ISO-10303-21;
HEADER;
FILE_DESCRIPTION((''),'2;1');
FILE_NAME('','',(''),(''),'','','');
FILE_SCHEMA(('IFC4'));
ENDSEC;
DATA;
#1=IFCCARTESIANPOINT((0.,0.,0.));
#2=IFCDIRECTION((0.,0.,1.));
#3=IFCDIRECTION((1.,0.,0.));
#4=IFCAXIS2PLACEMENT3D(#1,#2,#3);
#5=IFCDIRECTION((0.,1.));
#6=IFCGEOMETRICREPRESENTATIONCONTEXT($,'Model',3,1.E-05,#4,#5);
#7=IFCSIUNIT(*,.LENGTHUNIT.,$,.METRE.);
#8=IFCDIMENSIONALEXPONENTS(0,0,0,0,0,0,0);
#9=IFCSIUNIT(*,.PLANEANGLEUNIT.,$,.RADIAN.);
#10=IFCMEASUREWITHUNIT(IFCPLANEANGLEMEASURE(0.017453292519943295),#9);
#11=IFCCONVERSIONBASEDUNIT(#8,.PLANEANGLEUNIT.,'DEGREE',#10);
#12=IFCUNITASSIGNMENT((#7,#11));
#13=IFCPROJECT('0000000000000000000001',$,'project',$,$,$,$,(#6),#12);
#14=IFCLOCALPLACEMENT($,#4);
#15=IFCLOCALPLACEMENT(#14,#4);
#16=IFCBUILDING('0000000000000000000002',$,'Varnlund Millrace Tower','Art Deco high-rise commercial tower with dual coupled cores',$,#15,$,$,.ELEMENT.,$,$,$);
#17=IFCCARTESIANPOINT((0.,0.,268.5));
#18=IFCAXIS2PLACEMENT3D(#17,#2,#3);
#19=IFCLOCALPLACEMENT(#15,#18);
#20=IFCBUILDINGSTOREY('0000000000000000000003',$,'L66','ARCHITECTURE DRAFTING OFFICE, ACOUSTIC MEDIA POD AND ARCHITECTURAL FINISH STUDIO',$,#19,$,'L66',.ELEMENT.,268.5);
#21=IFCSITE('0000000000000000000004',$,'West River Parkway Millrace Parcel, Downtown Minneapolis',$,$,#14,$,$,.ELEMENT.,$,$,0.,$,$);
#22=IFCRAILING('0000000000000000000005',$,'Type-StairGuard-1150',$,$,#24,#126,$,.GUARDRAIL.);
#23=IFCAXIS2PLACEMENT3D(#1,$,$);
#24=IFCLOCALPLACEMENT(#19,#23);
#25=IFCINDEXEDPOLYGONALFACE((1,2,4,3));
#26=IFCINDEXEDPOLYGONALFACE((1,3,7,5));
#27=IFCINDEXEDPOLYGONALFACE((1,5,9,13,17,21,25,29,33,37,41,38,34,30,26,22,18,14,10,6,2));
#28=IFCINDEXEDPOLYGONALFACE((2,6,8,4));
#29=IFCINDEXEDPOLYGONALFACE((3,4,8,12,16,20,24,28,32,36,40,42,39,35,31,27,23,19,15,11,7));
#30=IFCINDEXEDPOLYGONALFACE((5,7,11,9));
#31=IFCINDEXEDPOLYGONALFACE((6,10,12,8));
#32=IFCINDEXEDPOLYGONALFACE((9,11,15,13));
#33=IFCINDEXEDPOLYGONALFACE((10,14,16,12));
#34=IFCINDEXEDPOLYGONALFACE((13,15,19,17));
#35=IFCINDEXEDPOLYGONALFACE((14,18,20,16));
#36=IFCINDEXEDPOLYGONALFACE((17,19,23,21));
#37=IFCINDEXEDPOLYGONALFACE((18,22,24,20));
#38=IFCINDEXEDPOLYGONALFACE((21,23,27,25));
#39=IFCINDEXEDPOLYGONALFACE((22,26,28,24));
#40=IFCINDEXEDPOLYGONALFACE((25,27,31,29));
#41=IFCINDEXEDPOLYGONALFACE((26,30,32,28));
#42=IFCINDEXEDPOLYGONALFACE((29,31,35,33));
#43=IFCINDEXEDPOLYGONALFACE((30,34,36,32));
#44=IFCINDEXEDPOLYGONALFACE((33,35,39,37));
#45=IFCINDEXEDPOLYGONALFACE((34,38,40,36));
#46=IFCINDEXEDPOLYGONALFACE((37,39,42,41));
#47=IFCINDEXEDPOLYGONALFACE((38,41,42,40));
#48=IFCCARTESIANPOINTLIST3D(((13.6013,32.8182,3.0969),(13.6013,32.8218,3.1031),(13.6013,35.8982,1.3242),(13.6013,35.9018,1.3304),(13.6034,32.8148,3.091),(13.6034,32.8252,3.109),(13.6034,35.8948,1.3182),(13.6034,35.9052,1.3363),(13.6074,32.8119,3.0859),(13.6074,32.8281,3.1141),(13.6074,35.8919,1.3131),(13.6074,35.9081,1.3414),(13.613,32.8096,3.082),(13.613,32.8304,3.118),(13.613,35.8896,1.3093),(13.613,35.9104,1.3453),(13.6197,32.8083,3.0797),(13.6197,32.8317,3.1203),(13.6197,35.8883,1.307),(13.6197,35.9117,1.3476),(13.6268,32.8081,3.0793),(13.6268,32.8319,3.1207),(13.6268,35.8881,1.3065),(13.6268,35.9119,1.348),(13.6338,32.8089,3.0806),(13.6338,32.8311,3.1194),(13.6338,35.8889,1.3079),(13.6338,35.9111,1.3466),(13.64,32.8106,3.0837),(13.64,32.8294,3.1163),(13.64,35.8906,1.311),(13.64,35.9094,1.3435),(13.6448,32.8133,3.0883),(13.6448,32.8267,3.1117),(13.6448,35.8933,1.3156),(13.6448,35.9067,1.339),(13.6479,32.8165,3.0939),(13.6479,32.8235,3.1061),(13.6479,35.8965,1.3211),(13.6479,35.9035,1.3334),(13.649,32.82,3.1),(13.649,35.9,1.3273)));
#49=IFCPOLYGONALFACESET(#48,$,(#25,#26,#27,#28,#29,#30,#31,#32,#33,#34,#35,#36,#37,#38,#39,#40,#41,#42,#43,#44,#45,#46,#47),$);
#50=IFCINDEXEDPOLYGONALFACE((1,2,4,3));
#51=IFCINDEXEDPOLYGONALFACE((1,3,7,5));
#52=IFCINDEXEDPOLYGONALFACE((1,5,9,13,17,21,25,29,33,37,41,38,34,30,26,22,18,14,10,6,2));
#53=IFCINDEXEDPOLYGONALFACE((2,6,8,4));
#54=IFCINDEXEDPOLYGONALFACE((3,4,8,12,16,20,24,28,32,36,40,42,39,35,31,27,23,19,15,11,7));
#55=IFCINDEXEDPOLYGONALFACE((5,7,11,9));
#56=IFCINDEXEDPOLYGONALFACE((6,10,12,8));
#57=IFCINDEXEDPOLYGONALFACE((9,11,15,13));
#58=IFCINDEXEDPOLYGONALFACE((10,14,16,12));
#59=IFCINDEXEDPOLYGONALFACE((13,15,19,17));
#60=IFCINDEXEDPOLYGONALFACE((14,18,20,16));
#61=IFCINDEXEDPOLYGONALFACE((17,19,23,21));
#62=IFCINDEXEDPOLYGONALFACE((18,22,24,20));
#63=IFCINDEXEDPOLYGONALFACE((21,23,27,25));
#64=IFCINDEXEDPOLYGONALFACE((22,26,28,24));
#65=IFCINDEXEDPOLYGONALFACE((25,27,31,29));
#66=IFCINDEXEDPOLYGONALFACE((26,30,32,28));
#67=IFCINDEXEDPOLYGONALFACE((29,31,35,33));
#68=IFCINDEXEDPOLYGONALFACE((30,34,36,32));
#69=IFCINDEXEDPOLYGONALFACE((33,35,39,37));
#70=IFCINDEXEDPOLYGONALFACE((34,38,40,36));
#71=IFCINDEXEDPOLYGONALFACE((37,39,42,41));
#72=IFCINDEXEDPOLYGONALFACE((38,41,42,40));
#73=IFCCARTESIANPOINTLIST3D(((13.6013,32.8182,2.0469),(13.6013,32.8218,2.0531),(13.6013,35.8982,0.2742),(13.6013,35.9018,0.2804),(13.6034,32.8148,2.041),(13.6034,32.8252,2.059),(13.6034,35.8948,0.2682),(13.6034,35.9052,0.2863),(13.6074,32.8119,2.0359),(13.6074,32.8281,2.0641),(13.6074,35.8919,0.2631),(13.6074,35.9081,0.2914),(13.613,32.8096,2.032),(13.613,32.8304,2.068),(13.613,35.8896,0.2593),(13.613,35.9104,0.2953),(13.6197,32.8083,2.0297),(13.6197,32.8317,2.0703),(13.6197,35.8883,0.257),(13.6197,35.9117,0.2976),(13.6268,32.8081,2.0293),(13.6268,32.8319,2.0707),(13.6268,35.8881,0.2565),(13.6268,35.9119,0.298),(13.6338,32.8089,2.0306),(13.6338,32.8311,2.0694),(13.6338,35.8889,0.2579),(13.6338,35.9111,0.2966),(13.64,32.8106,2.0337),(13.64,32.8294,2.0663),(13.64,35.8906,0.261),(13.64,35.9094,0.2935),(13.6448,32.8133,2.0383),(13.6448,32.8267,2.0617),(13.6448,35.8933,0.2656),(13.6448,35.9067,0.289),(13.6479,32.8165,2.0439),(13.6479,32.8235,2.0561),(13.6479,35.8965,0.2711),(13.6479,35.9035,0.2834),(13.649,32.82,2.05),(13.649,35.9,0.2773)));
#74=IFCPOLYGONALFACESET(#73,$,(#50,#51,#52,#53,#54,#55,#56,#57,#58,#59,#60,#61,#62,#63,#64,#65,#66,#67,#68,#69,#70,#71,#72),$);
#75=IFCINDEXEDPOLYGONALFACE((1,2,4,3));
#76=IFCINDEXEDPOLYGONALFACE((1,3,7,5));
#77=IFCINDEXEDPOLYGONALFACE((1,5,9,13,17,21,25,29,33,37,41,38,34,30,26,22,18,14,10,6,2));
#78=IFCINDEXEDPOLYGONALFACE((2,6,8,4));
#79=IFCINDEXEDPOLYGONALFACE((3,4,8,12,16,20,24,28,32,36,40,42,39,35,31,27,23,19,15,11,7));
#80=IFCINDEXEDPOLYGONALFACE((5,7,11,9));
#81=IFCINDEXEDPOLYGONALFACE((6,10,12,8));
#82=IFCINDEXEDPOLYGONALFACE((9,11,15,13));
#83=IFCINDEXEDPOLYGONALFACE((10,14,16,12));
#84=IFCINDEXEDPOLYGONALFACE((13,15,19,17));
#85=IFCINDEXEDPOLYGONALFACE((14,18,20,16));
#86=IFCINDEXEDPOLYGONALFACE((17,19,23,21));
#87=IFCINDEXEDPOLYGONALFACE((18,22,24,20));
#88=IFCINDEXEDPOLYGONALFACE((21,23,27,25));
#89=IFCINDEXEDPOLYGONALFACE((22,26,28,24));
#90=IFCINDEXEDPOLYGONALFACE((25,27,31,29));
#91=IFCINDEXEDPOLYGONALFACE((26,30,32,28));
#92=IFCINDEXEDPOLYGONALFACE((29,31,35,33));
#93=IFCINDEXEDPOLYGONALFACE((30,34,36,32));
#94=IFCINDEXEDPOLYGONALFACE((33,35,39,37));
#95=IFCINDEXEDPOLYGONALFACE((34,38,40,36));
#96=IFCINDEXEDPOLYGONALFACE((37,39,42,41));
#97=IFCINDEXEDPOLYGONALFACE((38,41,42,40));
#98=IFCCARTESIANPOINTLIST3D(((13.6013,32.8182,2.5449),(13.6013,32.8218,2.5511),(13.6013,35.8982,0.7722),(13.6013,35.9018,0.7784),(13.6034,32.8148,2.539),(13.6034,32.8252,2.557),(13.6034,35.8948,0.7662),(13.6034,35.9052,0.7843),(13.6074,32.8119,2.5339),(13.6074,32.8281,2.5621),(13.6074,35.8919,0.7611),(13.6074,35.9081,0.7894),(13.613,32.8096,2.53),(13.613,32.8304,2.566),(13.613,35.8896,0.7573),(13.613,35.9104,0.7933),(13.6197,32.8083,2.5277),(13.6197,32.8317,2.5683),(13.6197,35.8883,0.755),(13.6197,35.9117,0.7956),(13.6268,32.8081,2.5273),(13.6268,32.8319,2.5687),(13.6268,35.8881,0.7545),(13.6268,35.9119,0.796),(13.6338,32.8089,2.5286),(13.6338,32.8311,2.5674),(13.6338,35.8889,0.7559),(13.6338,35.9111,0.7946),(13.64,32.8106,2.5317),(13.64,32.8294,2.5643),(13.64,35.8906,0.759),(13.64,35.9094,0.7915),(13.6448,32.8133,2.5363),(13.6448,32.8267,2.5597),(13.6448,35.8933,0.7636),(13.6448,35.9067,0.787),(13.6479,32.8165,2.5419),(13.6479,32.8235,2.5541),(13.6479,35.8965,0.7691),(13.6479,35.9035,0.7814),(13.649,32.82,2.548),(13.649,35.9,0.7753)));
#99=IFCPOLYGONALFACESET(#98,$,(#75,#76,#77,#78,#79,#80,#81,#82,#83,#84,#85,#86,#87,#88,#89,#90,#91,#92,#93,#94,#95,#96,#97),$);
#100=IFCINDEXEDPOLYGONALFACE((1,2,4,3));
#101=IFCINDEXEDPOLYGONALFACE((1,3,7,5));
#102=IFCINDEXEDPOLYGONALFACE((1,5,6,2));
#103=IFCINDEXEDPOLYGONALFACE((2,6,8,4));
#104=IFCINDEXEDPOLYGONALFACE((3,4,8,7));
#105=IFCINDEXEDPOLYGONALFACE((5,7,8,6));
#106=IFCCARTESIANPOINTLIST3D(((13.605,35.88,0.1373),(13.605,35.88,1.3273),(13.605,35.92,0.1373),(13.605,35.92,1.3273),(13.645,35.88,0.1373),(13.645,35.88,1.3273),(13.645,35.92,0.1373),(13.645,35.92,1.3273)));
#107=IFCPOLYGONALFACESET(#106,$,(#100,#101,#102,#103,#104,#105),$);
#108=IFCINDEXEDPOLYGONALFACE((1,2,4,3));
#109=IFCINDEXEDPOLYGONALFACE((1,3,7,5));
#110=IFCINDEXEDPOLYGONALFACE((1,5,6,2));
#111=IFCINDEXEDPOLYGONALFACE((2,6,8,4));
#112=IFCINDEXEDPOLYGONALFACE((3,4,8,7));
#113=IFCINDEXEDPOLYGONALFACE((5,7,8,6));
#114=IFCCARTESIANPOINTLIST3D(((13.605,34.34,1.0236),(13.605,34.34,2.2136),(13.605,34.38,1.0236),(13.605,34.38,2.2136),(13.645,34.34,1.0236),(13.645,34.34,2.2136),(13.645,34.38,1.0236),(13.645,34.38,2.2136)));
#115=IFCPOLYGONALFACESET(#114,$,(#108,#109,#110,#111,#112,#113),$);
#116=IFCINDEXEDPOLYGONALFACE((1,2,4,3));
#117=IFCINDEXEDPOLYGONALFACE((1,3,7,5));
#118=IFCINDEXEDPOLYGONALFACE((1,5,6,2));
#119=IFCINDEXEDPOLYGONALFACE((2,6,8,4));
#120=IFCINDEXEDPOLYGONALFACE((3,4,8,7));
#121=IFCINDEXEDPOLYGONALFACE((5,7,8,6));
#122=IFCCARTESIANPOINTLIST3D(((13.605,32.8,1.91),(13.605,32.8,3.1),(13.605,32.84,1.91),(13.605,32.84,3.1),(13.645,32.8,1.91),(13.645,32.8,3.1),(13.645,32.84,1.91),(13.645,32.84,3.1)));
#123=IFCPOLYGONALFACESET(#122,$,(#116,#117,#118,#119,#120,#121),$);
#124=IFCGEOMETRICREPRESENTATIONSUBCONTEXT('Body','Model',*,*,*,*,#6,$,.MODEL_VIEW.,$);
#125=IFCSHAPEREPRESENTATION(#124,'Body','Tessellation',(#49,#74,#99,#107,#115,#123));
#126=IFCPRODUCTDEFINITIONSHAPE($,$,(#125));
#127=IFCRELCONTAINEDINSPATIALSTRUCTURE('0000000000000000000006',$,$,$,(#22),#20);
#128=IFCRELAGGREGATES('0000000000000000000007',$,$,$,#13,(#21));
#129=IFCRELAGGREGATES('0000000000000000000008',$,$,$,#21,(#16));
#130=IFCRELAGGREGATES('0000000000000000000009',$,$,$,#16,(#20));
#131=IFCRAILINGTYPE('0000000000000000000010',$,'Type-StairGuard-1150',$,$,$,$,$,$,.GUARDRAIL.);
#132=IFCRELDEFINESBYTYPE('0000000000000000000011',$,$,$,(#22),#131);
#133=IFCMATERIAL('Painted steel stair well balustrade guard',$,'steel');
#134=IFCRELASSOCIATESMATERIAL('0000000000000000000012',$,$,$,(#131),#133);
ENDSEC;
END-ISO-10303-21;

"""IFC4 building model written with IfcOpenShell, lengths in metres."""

from ifc_helpers import new_model, entity, si_unit, converted_unit, direction, frame, origin_with_axes, origin_2d_with_axis, place, context, subcontext, project, spatial, rectangle, circle, extrude, material, type_object, element, save


model = new_model("IFC4")

# Units and contexts
model_context = context("Model", 3, precision=1e-05, world=origin_with_axes(), true_north=direction((0.0, 1.0)))
body_context = subcontext(model_context, "Body", "Model", "MODEL_VIEW")
ifc_project = project(units=[si_unit("LENGTHUNIT", "METRE"), converted_unit("PLANEANGLEUNIT", "DEGREE", entity("IfcPlaneAngleMeasure", 0.017453292519943295), si_unit("PLANEANGLEUNIT", "RADIAN"), dimensions=[0, 0, 0, 0, 0, 0, 0])], contexts=[model_context])

# Site, building, storey
site_placement = place(None, origin_with_axes())
site = spatial("IfcSite", under=ifc_project, at=site_placement, Name="West River Parkway Millrace Parcel, Downtown Minneapolis", CompositionType="ELEMENT", RefElevation=0.0)
building_placement = place(site_placement, origin_with_axes())
building = spatial("IfcBuilding", under=site, at=building_placement, Name="Varnlund Millrace Tower", Description="Art Deco high-rise commercial tower with dual coupled cores", CompositionType="ELEMENT")
storey_placement = place(building_placement, frame((0.0, 0.0, 268.5), z_axis=(0.0, 0.0, 1.0), x_axis=(1.0, 0.0, 0.0)))
storey = spatial("IfcBuildingStorey", under=building, at=storey_placement, Name="L66", Description="ARCHITECTURE DRAFTING OFFICE, ACOUSTIC MEDIA POD AND ARCHITECTURAL FINISH STUDIO", LongName="L66", CompositionType="ELEMENT", Elevation=268.5)

# Railing
ifc_material_1 = material(Name="Painted steel stair well balustrade guard", Category="steel")
railing_type_1 = type_object("IfcRailingType", Name="Type-StairGuard-1150", PredefinedType="GUARDRAIL", material=ifc_material_1)
railing_1_placement = place(storey_placement, frame((0.0, 0.0, -268.5), z_axis=(0.0, 0.0, 1.0), x_axis=(1.0, 0.0, 0.0)))
element("IfcRailing", 1, at=railing_1_placement, inside=storey, type_object=railing_type_1, Name="Type-StairGuard-1150", PredefinedType="GUARDRAIL", context=body_context, shape_type="SweptSolid", body=[
    extrude(circle(Radius=0.024, at=origin_2d_with_axis()), frame((13.625, 35.9, 269.8273), z_axis=(0.0, -0.866696, 0.498836), x_axis=(1.0, 0.0, 0.0)), (0.0, 0.0, 1.0), 3.5537),
    extrude(circle(Radius=0.024, at=origin_2d_with_axis()), frame((13.625, 35.9, 268.7773), z_axis=(0.0, -0.866696, 0.498836), x_axis=(1.0, 0.0, 0.0)), (0.0, 0.0, 1.0), 3.5537),
    extrude(circle(Radius=0.024, at=origin_2d_with_axis()), frame((13.625, 35.9, 269.2753), z_axis=(0.0, -0.866696, 0.498836), x_axis=(1.0, 0.0, 0.0)), (0.0, 0.0, 1.0), 3.5537),
    extrude(rectangle(XDim=0.04, YDim=0.04, at=origin_2d_with_axis()), frame((13.625, 35.9, 268.6373), z_axis=(0.0, 0.0, 1.0), x_axis=(1.0, 0.0, 0.0)), (0.0, 0.0, 1.0), 1.19),
    extrude(rectangle(XDim=0.04, YDim=0.04, at=origin_2d_with_axis()), frame((13.625, 34.36, 269.5236), z_axis=(0.0, 0.0, 1.0), x_axis=(1.0, 0.0, 0.0)), (0.0, 0.0, 1.0), 1.19),
    extrude(rectangle(XDim=0.04, YDim=0.04, at=origin_2d_with_axis()), frame((13.625, 32.82, 270.41), z_axis=(0.0, 0.0, 1.0), x_axis=(1.0, 0.0, 0.0)), (0.0, 0.0, 1.0), 1.19),
])

save(model, "model.ifc")
